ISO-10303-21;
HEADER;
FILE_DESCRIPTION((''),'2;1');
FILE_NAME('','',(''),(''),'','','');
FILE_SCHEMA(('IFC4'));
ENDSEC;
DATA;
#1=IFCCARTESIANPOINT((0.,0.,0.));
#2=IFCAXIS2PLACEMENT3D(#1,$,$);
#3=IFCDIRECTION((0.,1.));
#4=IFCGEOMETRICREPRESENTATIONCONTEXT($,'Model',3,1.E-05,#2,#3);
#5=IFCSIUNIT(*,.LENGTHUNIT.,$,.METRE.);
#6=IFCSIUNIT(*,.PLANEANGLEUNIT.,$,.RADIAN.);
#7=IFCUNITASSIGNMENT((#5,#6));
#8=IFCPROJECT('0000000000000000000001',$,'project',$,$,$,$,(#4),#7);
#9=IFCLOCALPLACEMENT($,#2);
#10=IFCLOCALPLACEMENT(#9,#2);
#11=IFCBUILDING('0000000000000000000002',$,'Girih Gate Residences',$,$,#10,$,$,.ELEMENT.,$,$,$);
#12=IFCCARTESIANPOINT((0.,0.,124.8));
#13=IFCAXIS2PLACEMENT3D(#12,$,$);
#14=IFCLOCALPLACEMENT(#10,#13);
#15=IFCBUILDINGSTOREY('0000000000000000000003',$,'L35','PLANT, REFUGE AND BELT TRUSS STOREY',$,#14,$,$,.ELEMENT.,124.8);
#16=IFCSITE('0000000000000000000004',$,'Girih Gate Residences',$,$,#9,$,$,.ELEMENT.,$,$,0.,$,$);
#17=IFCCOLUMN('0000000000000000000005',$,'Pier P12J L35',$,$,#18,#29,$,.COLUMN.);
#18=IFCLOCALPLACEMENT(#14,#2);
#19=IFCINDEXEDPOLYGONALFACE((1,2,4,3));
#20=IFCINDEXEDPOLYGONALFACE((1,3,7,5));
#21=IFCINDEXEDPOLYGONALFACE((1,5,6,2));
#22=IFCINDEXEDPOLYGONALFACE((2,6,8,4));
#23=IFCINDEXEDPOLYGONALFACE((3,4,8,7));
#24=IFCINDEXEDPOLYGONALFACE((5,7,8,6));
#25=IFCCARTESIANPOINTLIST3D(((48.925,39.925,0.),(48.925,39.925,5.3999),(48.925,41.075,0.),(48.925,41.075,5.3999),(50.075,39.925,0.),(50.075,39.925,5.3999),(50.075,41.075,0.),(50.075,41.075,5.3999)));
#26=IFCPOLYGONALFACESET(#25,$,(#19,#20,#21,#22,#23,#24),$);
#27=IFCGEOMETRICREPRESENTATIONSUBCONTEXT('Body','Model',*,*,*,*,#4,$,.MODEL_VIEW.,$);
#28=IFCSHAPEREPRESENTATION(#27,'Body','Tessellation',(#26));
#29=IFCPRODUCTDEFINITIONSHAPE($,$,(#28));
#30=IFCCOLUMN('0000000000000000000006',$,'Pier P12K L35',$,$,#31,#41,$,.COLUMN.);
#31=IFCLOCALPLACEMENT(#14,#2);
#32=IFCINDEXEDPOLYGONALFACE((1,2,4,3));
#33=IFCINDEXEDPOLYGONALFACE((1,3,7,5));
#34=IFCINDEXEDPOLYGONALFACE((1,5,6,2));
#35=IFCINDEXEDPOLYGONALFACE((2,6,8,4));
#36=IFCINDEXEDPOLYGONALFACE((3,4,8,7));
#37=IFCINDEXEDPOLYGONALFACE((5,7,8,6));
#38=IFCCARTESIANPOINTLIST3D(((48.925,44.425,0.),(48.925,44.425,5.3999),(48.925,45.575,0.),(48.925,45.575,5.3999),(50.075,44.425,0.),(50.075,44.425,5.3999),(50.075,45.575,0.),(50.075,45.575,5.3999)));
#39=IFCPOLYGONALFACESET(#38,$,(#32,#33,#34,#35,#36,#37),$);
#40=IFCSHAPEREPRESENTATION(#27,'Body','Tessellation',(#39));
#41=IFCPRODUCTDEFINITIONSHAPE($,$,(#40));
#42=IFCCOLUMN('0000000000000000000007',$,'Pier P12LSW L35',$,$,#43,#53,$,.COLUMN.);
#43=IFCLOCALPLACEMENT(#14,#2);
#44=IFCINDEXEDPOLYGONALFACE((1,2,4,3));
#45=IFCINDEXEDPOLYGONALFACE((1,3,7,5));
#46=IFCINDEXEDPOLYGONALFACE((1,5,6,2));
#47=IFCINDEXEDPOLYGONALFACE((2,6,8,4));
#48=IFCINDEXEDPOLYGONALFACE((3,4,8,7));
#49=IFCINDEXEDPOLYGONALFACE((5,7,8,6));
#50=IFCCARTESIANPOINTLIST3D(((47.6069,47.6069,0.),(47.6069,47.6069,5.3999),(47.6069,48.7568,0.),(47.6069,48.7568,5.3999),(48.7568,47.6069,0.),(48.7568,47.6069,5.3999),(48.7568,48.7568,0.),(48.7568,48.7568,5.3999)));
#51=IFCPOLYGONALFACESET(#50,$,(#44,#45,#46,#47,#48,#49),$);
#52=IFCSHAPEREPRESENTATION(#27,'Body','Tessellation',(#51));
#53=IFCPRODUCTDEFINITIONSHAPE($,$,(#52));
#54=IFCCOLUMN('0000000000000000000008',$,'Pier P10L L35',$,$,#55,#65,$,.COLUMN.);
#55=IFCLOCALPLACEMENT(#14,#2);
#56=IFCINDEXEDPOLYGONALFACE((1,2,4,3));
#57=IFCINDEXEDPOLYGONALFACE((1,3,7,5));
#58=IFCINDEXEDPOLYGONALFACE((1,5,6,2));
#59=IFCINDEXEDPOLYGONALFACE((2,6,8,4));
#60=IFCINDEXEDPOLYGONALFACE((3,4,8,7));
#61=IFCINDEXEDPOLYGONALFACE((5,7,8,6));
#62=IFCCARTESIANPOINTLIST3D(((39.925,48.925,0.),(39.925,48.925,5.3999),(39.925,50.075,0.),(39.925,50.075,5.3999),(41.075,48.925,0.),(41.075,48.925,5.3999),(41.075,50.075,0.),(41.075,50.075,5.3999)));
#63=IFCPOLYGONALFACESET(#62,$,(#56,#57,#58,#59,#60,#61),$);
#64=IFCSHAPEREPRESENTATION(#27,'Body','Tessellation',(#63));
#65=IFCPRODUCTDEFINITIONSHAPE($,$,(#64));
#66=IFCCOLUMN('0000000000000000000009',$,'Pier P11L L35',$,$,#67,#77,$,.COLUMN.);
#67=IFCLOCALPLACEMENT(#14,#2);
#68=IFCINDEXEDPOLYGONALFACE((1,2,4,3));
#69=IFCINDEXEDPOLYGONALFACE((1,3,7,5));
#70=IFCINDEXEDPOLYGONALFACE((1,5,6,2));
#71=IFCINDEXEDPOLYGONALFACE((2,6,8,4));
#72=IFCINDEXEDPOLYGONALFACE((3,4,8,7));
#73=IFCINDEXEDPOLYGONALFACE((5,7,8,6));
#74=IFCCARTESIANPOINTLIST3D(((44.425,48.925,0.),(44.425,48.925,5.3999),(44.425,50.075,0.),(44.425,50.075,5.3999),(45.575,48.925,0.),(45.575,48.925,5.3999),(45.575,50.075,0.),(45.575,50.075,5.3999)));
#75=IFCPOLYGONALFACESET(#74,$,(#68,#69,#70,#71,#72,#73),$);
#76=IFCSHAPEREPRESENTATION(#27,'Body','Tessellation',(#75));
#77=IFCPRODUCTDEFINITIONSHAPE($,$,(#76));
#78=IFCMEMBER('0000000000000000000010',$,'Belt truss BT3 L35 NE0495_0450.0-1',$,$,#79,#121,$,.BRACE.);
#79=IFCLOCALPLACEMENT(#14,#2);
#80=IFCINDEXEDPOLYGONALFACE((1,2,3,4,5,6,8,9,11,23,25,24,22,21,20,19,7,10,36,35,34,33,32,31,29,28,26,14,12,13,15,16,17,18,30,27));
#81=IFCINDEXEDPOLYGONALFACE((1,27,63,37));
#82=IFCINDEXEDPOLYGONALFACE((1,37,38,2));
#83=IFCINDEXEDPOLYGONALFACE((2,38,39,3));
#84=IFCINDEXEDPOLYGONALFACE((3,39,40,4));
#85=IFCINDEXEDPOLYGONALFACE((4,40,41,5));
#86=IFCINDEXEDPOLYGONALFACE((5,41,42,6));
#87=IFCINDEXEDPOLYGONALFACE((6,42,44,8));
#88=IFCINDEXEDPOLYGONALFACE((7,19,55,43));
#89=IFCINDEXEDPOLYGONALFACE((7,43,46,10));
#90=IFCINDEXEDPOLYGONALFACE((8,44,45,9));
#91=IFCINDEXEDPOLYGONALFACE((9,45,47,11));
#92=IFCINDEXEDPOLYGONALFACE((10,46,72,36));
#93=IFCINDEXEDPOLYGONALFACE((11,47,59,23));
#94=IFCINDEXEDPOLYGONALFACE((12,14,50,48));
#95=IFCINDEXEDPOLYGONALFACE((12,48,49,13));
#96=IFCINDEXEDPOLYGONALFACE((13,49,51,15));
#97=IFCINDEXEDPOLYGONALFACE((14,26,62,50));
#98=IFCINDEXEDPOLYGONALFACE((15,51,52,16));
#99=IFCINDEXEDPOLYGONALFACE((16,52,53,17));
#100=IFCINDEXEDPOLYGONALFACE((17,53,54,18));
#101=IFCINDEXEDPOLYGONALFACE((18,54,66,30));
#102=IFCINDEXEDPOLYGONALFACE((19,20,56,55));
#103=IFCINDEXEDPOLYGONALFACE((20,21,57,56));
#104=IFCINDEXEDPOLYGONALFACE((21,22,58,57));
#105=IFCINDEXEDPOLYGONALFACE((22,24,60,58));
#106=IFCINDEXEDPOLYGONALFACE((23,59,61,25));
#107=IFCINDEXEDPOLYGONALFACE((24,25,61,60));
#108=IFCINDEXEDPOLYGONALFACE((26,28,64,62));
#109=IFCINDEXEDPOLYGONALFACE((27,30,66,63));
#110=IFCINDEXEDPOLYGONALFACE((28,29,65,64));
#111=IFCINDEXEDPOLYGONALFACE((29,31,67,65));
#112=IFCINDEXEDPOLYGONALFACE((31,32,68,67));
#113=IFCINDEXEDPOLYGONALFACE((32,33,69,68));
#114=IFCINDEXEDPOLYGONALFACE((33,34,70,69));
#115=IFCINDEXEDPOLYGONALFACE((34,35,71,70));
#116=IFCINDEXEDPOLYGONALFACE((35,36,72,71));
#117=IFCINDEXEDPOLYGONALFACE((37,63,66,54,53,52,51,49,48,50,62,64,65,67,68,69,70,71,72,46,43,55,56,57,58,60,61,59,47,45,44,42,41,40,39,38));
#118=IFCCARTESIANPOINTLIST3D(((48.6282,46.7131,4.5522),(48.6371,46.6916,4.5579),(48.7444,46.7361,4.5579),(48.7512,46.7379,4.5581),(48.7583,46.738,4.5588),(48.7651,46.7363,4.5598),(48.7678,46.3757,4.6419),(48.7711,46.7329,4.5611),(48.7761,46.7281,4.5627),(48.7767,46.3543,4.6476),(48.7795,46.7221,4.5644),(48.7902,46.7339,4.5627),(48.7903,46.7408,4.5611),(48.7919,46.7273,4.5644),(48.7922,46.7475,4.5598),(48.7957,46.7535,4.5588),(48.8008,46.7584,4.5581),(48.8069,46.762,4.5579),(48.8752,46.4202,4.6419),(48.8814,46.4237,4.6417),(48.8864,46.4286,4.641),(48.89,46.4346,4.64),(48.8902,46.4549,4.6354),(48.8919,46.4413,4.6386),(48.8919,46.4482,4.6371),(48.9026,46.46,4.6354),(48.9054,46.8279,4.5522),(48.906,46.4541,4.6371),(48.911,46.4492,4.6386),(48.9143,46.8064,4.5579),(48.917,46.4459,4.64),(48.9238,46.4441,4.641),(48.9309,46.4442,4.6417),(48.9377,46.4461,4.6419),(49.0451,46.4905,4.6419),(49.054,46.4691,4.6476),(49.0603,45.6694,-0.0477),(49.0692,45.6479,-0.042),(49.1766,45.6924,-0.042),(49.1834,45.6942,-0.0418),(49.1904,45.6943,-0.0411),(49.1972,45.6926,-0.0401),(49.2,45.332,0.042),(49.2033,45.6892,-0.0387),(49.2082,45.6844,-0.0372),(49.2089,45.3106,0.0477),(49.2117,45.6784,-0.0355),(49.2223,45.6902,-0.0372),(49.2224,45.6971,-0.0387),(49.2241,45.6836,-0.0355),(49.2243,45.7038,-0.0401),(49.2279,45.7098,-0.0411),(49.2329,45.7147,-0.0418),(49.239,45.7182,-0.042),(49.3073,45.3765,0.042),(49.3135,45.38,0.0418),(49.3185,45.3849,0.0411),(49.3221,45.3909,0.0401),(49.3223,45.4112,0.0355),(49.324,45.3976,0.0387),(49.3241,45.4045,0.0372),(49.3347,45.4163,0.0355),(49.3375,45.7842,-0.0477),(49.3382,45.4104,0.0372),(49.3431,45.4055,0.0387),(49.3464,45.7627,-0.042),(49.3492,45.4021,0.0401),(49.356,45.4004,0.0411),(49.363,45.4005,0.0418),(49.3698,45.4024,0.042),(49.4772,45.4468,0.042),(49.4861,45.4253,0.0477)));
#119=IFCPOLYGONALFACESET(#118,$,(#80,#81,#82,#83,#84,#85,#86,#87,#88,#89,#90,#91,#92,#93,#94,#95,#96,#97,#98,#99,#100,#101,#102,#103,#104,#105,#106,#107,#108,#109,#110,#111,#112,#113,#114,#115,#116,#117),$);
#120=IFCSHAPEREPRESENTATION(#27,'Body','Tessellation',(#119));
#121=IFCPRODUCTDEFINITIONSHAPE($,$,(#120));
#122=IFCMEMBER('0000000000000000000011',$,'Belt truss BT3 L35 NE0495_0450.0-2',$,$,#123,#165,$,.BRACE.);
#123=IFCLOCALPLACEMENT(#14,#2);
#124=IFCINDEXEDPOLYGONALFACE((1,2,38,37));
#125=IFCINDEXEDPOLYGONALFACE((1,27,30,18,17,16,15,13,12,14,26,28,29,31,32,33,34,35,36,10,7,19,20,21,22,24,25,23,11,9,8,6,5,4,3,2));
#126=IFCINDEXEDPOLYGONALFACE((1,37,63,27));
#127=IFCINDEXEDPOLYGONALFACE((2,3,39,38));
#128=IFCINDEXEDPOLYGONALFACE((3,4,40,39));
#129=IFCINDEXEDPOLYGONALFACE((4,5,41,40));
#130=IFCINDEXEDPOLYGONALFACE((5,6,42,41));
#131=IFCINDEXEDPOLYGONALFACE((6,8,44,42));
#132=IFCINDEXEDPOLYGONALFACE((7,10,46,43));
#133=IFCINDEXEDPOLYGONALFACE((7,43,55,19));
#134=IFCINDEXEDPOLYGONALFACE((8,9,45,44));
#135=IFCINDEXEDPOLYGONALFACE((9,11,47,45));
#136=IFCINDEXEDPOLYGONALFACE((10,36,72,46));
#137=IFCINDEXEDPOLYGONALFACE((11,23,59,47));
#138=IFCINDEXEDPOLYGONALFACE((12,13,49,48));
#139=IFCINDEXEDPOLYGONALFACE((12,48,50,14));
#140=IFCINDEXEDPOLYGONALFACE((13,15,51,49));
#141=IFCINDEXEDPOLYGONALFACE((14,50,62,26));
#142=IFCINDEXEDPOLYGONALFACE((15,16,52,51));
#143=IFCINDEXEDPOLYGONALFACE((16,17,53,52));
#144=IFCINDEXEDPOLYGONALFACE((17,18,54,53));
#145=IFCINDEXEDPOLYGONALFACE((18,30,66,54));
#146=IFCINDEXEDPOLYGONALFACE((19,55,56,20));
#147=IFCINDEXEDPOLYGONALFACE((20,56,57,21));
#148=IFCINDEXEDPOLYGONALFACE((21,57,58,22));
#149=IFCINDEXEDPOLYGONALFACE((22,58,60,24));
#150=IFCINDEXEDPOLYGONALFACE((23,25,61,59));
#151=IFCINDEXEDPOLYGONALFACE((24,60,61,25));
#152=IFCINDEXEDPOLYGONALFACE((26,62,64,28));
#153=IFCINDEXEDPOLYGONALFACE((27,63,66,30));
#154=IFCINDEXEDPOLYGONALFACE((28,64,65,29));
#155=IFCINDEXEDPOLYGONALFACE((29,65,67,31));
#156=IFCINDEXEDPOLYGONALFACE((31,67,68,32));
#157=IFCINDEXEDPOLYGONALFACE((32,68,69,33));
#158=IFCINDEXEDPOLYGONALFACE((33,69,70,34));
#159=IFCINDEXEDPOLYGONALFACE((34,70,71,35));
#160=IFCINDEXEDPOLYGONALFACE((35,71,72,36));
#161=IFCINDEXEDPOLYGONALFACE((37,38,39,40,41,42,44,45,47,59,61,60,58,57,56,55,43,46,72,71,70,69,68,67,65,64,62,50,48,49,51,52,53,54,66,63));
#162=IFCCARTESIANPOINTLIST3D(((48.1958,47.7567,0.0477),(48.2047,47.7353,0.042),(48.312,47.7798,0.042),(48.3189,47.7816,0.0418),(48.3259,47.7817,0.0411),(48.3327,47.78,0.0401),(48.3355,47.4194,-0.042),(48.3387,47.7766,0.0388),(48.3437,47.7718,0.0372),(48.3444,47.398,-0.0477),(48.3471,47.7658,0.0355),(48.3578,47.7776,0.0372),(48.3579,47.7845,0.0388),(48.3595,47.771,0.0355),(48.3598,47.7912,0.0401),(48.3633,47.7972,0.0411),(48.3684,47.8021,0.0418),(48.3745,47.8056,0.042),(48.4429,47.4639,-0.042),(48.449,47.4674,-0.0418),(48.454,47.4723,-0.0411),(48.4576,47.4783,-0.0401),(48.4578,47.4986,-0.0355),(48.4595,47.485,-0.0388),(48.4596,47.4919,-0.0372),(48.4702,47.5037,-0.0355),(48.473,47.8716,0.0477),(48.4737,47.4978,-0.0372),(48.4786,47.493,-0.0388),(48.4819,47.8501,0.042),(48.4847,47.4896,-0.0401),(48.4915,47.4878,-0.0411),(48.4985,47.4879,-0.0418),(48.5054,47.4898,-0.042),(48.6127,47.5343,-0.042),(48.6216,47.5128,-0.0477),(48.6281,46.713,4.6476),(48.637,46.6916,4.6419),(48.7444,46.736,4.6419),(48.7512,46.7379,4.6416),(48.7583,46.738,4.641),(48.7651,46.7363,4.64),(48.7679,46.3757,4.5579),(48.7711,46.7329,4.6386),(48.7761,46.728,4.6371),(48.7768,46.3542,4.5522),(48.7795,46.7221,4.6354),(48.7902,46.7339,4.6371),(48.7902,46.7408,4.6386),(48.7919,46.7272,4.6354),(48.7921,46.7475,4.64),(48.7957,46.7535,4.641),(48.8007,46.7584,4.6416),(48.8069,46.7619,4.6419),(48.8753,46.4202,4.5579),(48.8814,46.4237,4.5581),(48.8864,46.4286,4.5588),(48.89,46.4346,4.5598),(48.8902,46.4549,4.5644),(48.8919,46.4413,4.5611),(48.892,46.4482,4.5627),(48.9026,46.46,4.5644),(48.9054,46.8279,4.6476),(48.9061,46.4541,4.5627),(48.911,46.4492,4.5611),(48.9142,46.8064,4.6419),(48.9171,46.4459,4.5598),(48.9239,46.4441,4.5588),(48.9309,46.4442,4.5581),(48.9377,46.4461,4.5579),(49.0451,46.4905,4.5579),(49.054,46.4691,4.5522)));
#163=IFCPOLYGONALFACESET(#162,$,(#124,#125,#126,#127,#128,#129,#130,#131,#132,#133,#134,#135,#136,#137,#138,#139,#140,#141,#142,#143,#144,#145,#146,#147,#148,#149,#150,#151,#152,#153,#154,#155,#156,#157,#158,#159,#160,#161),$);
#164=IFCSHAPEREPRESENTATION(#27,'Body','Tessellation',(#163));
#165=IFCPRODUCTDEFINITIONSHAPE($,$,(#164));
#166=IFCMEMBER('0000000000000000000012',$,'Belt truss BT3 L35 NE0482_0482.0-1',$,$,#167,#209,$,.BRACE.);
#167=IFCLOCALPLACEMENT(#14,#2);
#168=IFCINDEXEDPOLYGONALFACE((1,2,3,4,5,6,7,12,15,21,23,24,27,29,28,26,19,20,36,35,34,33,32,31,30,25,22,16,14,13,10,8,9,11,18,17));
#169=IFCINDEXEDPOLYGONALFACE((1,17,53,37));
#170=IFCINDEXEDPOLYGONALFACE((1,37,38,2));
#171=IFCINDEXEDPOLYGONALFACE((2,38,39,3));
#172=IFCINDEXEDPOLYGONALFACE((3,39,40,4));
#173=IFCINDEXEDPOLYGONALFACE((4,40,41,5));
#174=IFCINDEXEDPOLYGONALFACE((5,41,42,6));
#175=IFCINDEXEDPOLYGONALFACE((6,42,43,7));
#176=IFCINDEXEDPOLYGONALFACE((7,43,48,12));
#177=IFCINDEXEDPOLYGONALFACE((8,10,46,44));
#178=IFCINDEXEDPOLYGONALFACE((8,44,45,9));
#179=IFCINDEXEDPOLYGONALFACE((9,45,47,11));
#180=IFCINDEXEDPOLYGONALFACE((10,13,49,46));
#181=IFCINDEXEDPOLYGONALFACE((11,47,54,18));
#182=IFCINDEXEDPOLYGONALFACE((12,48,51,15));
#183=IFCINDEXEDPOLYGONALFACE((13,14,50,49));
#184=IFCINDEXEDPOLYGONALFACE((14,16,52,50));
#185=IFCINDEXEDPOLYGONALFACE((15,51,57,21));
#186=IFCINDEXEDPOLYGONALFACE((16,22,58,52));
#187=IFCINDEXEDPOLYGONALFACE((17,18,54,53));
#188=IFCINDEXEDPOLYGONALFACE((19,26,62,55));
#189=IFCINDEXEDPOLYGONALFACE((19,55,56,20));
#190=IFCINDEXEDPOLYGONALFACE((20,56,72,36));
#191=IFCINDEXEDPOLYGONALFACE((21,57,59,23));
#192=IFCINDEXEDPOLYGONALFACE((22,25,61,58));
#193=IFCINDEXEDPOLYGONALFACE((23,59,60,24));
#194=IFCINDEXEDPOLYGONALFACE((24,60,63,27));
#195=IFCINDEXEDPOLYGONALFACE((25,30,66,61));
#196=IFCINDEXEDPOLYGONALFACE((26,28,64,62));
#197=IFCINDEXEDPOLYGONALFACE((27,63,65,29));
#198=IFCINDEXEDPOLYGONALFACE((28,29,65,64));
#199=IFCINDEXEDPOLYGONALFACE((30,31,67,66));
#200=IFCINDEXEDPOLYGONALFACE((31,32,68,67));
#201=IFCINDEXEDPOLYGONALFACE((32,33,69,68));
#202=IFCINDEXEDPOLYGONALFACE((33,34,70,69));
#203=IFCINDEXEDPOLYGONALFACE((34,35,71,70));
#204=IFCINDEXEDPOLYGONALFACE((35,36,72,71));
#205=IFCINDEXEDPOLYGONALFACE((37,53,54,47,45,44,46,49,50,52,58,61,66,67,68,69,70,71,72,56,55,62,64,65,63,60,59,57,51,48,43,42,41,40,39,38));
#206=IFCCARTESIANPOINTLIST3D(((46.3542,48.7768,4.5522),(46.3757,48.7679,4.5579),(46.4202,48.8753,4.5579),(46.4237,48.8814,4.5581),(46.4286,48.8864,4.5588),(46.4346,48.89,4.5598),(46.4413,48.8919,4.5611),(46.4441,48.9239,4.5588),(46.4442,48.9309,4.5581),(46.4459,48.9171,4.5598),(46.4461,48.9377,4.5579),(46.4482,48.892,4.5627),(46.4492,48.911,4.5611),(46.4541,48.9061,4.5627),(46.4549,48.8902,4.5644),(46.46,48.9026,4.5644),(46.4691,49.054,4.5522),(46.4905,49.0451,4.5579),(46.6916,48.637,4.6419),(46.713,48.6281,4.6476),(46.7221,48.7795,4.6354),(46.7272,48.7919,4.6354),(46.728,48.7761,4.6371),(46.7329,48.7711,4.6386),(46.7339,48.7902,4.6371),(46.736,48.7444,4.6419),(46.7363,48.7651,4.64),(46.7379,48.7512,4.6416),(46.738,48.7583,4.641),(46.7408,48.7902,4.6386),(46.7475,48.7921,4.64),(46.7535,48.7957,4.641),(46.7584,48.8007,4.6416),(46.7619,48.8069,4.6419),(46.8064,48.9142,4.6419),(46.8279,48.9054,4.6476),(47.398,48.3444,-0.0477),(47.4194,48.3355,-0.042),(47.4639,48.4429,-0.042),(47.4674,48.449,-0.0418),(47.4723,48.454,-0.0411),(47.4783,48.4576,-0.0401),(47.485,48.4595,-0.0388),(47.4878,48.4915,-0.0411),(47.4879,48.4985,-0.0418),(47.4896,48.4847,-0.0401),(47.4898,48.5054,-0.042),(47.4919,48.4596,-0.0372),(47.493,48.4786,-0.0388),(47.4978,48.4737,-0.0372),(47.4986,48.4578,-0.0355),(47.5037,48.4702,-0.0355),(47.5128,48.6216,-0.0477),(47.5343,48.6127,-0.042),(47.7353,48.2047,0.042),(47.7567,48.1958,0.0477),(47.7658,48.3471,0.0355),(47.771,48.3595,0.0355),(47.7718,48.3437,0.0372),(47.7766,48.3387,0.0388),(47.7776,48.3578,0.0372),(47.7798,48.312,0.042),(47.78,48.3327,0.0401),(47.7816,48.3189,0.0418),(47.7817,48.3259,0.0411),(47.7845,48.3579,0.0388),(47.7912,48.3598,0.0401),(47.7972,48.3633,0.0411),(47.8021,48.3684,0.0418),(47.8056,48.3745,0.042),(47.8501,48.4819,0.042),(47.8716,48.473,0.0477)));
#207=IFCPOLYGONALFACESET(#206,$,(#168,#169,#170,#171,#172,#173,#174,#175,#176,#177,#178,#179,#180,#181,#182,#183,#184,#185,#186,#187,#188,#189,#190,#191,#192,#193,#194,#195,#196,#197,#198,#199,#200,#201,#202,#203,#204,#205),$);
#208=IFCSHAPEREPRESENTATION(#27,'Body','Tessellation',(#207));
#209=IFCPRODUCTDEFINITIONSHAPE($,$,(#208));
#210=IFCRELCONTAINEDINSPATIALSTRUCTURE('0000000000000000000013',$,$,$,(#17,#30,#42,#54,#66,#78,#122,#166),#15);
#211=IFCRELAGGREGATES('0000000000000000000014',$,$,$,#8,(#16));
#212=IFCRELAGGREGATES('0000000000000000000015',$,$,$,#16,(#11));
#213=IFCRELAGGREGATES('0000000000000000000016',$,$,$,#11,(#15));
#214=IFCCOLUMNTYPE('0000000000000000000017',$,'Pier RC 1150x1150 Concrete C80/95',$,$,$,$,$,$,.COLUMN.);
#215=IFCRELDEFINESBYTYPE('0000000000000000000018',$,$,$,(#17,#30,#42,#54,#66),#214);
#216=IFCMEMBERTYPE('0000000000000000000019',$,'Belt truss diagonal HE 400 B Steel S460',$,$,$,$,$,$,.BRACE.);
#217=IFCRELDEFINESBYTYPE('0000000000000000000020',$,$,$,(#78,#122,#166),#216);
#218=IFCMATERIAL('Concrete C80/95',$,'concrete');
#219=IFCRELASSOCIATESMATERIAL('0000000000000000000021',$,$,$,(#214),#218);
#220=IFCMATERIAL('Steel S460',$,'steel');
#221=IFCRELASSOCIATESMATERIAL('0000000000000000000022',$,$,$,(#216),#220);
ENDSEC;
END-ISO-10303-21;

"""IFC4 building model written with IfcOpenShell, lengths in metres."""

from ifc_helpers import new_model, si_unit, direction, frame, origin, origin_2d, place, context, subcontext, project, spatial, rectangle, i_section, extrude, material, material_profile, profile_set, type_object, element, save


model = new_model("IFC4")

# Units and contexts
model_context = context("Model", 3, precision=1e-05, world=origin(), true_north=direction((0.0, 1.0)))
body_context = subcontext(model_context, "Body", "Model", "MODEL_VIEW")
ifc_project = project(units=[si_unit("LENGTHUNIT", "METRE"), si_unit("PLANEANGLEUNIT", "RADIAN")], contexts=[model_context])

# Site, building, storey
site_placement = place(None, origin())
site = spatial("IfcSite", under=ifc_project, at=site_placement, Name="Girih Gate Residences", CompositionType="ELEMENT", RefElevation=0.0)
building_placement = place(site_placement, origin())
building = spatial("IfcBuilding", under=site, at=building_placement, Name="Girih Gate Residences", CompositionType="ELEMENT")
storey_placement = place(building_placement, frame((0.0, 0.0, 124.8)))
storey = spatial("IfcBuildingStorey", under=building, at=storey_placement, Name="L35", Description="PLANT, REFUGE AND BELT TRUSS STOREY", CompositionType="ELEMENT", Elevation=124.8)

# Columns
ifc_material_1 = material(Name="Concrete C80/95", Category="concrete")
ifc_material_profile_1 = material_profile(ifc_material_1, rectangle(XDim=1.1499, YDim=1.1499, at=origin_2d()))
ifc_profile_set_1 = profile_set([ifc_material_profile_1], Name="Concrete C80/95")
column_type = type_object("IfcColumnType", Name="Pier RC 1150x1150 Concrete C80/95", PredefinedType="COLUMN", material=ifc_profile_set_1)
for number, where, z_axis, x_axis, name in (
    (1, (49.5, 40.5, 0.0), (0.0, 0.0, 1.0), (1.0, 0.0, 0.0), "Pier P12J L35"),
    (2, (49.5, 45.0, 0.0), (0.0, 0.0, 1.0), (1.0, 0.0, 0.0), "Pier P12K L35"),
    (3, (48.1819, 48.1819, 0.0), (0.0, 0.0, 1.0), (1.0, 0.0, 0.0), "Pier P12LSW L35"),
    (4, (40.5, 49.5, 0.0), (0.0, 0.0, 1.0), (1.0, 0.0, 0.0), "Pier P10L L35"),
    (5, (45.0, 49.5, 0.0), (0.0, 0.0, 1.0), (1.0, 0.0, 0.0), "Pier P11L L35"),
):
    element("IfcColumn", number, at=place(storey_placement, frame(where, z_axis=z_axis, x_axis=x_axis)), inside=storey, type_object=column_type, Name=name, PredefinedType="COLUMN", context=body_context, shape_type="SweptSolid", body=[
        extrude(rectangle(XDim=1.1499, YDim=1.1499, at=origin_2d()), origin(), (0.0, 0.0, 1.0), 5.3999),
    ])

# Members
ifc_material_2 = material(Name="Steel S460", Category="steel")
ifc_material_profile_2 = material_profile(ifc_material_2, i_section(OverallWidth=0.3, OverallDepth=0.3999, WebThickness=0.0134, FlangeThickness=0.0239, FilletRadius=0.0271, at=origin_2d()))
ifc_profile_set_2 = profile_set([ifc_material_profile_2], Name="Steel S460")
member_type_1 = type_object("IfcMemberType", Name="Belt truss diagonal HE 400 B Steel S460", PredefinedType="BRACE", material=ifc_profile_set_2)
for number, where, z_axis, x_axis, name in (
    (6, (49.2732, 45.5474, 0.0), (-0.091233, 0.220352, 0.971145), (-0.923938, -0.382543, 0.0), "Belt truss BT3 L35 NE0495_0450.0-1"),
    (7, (48.4087, 47.6348, 0.0), (0.091284, -0.22035, 0.97114), (0.923861, 0.382727, 0.0), "Belt truss BT3 L35 NE0495_0450.0-2"),
    (8, (47.6348, 48.4087, 0.0), (-0.22035, 0.091284, 0.97114), (-0.382727, -0.923861, 0.0), "Belt truss BT3 L35 NE0482_0482.0-1"),
):
    element("IfcMember", number, at=place(storey_placement, frame(where, z_axis=z_axis, x_axis=x_axis)), inside=storey, type_object=member_type_1, Name=name, PredefinedType="BRACE", context=body_context, shape_type="SweptSolid", body=[
        extrude(i_section(OverallWidth=0.3, OverallDepth=0.3999, WebThickness=0.0134, FlangeThickness=0.0239, FilletRadius=0.0271, at=origin_2d()), origin(), (0.0, 0.0, 1.0), 4.7366),
    ])

save(model, "model.ifc")
